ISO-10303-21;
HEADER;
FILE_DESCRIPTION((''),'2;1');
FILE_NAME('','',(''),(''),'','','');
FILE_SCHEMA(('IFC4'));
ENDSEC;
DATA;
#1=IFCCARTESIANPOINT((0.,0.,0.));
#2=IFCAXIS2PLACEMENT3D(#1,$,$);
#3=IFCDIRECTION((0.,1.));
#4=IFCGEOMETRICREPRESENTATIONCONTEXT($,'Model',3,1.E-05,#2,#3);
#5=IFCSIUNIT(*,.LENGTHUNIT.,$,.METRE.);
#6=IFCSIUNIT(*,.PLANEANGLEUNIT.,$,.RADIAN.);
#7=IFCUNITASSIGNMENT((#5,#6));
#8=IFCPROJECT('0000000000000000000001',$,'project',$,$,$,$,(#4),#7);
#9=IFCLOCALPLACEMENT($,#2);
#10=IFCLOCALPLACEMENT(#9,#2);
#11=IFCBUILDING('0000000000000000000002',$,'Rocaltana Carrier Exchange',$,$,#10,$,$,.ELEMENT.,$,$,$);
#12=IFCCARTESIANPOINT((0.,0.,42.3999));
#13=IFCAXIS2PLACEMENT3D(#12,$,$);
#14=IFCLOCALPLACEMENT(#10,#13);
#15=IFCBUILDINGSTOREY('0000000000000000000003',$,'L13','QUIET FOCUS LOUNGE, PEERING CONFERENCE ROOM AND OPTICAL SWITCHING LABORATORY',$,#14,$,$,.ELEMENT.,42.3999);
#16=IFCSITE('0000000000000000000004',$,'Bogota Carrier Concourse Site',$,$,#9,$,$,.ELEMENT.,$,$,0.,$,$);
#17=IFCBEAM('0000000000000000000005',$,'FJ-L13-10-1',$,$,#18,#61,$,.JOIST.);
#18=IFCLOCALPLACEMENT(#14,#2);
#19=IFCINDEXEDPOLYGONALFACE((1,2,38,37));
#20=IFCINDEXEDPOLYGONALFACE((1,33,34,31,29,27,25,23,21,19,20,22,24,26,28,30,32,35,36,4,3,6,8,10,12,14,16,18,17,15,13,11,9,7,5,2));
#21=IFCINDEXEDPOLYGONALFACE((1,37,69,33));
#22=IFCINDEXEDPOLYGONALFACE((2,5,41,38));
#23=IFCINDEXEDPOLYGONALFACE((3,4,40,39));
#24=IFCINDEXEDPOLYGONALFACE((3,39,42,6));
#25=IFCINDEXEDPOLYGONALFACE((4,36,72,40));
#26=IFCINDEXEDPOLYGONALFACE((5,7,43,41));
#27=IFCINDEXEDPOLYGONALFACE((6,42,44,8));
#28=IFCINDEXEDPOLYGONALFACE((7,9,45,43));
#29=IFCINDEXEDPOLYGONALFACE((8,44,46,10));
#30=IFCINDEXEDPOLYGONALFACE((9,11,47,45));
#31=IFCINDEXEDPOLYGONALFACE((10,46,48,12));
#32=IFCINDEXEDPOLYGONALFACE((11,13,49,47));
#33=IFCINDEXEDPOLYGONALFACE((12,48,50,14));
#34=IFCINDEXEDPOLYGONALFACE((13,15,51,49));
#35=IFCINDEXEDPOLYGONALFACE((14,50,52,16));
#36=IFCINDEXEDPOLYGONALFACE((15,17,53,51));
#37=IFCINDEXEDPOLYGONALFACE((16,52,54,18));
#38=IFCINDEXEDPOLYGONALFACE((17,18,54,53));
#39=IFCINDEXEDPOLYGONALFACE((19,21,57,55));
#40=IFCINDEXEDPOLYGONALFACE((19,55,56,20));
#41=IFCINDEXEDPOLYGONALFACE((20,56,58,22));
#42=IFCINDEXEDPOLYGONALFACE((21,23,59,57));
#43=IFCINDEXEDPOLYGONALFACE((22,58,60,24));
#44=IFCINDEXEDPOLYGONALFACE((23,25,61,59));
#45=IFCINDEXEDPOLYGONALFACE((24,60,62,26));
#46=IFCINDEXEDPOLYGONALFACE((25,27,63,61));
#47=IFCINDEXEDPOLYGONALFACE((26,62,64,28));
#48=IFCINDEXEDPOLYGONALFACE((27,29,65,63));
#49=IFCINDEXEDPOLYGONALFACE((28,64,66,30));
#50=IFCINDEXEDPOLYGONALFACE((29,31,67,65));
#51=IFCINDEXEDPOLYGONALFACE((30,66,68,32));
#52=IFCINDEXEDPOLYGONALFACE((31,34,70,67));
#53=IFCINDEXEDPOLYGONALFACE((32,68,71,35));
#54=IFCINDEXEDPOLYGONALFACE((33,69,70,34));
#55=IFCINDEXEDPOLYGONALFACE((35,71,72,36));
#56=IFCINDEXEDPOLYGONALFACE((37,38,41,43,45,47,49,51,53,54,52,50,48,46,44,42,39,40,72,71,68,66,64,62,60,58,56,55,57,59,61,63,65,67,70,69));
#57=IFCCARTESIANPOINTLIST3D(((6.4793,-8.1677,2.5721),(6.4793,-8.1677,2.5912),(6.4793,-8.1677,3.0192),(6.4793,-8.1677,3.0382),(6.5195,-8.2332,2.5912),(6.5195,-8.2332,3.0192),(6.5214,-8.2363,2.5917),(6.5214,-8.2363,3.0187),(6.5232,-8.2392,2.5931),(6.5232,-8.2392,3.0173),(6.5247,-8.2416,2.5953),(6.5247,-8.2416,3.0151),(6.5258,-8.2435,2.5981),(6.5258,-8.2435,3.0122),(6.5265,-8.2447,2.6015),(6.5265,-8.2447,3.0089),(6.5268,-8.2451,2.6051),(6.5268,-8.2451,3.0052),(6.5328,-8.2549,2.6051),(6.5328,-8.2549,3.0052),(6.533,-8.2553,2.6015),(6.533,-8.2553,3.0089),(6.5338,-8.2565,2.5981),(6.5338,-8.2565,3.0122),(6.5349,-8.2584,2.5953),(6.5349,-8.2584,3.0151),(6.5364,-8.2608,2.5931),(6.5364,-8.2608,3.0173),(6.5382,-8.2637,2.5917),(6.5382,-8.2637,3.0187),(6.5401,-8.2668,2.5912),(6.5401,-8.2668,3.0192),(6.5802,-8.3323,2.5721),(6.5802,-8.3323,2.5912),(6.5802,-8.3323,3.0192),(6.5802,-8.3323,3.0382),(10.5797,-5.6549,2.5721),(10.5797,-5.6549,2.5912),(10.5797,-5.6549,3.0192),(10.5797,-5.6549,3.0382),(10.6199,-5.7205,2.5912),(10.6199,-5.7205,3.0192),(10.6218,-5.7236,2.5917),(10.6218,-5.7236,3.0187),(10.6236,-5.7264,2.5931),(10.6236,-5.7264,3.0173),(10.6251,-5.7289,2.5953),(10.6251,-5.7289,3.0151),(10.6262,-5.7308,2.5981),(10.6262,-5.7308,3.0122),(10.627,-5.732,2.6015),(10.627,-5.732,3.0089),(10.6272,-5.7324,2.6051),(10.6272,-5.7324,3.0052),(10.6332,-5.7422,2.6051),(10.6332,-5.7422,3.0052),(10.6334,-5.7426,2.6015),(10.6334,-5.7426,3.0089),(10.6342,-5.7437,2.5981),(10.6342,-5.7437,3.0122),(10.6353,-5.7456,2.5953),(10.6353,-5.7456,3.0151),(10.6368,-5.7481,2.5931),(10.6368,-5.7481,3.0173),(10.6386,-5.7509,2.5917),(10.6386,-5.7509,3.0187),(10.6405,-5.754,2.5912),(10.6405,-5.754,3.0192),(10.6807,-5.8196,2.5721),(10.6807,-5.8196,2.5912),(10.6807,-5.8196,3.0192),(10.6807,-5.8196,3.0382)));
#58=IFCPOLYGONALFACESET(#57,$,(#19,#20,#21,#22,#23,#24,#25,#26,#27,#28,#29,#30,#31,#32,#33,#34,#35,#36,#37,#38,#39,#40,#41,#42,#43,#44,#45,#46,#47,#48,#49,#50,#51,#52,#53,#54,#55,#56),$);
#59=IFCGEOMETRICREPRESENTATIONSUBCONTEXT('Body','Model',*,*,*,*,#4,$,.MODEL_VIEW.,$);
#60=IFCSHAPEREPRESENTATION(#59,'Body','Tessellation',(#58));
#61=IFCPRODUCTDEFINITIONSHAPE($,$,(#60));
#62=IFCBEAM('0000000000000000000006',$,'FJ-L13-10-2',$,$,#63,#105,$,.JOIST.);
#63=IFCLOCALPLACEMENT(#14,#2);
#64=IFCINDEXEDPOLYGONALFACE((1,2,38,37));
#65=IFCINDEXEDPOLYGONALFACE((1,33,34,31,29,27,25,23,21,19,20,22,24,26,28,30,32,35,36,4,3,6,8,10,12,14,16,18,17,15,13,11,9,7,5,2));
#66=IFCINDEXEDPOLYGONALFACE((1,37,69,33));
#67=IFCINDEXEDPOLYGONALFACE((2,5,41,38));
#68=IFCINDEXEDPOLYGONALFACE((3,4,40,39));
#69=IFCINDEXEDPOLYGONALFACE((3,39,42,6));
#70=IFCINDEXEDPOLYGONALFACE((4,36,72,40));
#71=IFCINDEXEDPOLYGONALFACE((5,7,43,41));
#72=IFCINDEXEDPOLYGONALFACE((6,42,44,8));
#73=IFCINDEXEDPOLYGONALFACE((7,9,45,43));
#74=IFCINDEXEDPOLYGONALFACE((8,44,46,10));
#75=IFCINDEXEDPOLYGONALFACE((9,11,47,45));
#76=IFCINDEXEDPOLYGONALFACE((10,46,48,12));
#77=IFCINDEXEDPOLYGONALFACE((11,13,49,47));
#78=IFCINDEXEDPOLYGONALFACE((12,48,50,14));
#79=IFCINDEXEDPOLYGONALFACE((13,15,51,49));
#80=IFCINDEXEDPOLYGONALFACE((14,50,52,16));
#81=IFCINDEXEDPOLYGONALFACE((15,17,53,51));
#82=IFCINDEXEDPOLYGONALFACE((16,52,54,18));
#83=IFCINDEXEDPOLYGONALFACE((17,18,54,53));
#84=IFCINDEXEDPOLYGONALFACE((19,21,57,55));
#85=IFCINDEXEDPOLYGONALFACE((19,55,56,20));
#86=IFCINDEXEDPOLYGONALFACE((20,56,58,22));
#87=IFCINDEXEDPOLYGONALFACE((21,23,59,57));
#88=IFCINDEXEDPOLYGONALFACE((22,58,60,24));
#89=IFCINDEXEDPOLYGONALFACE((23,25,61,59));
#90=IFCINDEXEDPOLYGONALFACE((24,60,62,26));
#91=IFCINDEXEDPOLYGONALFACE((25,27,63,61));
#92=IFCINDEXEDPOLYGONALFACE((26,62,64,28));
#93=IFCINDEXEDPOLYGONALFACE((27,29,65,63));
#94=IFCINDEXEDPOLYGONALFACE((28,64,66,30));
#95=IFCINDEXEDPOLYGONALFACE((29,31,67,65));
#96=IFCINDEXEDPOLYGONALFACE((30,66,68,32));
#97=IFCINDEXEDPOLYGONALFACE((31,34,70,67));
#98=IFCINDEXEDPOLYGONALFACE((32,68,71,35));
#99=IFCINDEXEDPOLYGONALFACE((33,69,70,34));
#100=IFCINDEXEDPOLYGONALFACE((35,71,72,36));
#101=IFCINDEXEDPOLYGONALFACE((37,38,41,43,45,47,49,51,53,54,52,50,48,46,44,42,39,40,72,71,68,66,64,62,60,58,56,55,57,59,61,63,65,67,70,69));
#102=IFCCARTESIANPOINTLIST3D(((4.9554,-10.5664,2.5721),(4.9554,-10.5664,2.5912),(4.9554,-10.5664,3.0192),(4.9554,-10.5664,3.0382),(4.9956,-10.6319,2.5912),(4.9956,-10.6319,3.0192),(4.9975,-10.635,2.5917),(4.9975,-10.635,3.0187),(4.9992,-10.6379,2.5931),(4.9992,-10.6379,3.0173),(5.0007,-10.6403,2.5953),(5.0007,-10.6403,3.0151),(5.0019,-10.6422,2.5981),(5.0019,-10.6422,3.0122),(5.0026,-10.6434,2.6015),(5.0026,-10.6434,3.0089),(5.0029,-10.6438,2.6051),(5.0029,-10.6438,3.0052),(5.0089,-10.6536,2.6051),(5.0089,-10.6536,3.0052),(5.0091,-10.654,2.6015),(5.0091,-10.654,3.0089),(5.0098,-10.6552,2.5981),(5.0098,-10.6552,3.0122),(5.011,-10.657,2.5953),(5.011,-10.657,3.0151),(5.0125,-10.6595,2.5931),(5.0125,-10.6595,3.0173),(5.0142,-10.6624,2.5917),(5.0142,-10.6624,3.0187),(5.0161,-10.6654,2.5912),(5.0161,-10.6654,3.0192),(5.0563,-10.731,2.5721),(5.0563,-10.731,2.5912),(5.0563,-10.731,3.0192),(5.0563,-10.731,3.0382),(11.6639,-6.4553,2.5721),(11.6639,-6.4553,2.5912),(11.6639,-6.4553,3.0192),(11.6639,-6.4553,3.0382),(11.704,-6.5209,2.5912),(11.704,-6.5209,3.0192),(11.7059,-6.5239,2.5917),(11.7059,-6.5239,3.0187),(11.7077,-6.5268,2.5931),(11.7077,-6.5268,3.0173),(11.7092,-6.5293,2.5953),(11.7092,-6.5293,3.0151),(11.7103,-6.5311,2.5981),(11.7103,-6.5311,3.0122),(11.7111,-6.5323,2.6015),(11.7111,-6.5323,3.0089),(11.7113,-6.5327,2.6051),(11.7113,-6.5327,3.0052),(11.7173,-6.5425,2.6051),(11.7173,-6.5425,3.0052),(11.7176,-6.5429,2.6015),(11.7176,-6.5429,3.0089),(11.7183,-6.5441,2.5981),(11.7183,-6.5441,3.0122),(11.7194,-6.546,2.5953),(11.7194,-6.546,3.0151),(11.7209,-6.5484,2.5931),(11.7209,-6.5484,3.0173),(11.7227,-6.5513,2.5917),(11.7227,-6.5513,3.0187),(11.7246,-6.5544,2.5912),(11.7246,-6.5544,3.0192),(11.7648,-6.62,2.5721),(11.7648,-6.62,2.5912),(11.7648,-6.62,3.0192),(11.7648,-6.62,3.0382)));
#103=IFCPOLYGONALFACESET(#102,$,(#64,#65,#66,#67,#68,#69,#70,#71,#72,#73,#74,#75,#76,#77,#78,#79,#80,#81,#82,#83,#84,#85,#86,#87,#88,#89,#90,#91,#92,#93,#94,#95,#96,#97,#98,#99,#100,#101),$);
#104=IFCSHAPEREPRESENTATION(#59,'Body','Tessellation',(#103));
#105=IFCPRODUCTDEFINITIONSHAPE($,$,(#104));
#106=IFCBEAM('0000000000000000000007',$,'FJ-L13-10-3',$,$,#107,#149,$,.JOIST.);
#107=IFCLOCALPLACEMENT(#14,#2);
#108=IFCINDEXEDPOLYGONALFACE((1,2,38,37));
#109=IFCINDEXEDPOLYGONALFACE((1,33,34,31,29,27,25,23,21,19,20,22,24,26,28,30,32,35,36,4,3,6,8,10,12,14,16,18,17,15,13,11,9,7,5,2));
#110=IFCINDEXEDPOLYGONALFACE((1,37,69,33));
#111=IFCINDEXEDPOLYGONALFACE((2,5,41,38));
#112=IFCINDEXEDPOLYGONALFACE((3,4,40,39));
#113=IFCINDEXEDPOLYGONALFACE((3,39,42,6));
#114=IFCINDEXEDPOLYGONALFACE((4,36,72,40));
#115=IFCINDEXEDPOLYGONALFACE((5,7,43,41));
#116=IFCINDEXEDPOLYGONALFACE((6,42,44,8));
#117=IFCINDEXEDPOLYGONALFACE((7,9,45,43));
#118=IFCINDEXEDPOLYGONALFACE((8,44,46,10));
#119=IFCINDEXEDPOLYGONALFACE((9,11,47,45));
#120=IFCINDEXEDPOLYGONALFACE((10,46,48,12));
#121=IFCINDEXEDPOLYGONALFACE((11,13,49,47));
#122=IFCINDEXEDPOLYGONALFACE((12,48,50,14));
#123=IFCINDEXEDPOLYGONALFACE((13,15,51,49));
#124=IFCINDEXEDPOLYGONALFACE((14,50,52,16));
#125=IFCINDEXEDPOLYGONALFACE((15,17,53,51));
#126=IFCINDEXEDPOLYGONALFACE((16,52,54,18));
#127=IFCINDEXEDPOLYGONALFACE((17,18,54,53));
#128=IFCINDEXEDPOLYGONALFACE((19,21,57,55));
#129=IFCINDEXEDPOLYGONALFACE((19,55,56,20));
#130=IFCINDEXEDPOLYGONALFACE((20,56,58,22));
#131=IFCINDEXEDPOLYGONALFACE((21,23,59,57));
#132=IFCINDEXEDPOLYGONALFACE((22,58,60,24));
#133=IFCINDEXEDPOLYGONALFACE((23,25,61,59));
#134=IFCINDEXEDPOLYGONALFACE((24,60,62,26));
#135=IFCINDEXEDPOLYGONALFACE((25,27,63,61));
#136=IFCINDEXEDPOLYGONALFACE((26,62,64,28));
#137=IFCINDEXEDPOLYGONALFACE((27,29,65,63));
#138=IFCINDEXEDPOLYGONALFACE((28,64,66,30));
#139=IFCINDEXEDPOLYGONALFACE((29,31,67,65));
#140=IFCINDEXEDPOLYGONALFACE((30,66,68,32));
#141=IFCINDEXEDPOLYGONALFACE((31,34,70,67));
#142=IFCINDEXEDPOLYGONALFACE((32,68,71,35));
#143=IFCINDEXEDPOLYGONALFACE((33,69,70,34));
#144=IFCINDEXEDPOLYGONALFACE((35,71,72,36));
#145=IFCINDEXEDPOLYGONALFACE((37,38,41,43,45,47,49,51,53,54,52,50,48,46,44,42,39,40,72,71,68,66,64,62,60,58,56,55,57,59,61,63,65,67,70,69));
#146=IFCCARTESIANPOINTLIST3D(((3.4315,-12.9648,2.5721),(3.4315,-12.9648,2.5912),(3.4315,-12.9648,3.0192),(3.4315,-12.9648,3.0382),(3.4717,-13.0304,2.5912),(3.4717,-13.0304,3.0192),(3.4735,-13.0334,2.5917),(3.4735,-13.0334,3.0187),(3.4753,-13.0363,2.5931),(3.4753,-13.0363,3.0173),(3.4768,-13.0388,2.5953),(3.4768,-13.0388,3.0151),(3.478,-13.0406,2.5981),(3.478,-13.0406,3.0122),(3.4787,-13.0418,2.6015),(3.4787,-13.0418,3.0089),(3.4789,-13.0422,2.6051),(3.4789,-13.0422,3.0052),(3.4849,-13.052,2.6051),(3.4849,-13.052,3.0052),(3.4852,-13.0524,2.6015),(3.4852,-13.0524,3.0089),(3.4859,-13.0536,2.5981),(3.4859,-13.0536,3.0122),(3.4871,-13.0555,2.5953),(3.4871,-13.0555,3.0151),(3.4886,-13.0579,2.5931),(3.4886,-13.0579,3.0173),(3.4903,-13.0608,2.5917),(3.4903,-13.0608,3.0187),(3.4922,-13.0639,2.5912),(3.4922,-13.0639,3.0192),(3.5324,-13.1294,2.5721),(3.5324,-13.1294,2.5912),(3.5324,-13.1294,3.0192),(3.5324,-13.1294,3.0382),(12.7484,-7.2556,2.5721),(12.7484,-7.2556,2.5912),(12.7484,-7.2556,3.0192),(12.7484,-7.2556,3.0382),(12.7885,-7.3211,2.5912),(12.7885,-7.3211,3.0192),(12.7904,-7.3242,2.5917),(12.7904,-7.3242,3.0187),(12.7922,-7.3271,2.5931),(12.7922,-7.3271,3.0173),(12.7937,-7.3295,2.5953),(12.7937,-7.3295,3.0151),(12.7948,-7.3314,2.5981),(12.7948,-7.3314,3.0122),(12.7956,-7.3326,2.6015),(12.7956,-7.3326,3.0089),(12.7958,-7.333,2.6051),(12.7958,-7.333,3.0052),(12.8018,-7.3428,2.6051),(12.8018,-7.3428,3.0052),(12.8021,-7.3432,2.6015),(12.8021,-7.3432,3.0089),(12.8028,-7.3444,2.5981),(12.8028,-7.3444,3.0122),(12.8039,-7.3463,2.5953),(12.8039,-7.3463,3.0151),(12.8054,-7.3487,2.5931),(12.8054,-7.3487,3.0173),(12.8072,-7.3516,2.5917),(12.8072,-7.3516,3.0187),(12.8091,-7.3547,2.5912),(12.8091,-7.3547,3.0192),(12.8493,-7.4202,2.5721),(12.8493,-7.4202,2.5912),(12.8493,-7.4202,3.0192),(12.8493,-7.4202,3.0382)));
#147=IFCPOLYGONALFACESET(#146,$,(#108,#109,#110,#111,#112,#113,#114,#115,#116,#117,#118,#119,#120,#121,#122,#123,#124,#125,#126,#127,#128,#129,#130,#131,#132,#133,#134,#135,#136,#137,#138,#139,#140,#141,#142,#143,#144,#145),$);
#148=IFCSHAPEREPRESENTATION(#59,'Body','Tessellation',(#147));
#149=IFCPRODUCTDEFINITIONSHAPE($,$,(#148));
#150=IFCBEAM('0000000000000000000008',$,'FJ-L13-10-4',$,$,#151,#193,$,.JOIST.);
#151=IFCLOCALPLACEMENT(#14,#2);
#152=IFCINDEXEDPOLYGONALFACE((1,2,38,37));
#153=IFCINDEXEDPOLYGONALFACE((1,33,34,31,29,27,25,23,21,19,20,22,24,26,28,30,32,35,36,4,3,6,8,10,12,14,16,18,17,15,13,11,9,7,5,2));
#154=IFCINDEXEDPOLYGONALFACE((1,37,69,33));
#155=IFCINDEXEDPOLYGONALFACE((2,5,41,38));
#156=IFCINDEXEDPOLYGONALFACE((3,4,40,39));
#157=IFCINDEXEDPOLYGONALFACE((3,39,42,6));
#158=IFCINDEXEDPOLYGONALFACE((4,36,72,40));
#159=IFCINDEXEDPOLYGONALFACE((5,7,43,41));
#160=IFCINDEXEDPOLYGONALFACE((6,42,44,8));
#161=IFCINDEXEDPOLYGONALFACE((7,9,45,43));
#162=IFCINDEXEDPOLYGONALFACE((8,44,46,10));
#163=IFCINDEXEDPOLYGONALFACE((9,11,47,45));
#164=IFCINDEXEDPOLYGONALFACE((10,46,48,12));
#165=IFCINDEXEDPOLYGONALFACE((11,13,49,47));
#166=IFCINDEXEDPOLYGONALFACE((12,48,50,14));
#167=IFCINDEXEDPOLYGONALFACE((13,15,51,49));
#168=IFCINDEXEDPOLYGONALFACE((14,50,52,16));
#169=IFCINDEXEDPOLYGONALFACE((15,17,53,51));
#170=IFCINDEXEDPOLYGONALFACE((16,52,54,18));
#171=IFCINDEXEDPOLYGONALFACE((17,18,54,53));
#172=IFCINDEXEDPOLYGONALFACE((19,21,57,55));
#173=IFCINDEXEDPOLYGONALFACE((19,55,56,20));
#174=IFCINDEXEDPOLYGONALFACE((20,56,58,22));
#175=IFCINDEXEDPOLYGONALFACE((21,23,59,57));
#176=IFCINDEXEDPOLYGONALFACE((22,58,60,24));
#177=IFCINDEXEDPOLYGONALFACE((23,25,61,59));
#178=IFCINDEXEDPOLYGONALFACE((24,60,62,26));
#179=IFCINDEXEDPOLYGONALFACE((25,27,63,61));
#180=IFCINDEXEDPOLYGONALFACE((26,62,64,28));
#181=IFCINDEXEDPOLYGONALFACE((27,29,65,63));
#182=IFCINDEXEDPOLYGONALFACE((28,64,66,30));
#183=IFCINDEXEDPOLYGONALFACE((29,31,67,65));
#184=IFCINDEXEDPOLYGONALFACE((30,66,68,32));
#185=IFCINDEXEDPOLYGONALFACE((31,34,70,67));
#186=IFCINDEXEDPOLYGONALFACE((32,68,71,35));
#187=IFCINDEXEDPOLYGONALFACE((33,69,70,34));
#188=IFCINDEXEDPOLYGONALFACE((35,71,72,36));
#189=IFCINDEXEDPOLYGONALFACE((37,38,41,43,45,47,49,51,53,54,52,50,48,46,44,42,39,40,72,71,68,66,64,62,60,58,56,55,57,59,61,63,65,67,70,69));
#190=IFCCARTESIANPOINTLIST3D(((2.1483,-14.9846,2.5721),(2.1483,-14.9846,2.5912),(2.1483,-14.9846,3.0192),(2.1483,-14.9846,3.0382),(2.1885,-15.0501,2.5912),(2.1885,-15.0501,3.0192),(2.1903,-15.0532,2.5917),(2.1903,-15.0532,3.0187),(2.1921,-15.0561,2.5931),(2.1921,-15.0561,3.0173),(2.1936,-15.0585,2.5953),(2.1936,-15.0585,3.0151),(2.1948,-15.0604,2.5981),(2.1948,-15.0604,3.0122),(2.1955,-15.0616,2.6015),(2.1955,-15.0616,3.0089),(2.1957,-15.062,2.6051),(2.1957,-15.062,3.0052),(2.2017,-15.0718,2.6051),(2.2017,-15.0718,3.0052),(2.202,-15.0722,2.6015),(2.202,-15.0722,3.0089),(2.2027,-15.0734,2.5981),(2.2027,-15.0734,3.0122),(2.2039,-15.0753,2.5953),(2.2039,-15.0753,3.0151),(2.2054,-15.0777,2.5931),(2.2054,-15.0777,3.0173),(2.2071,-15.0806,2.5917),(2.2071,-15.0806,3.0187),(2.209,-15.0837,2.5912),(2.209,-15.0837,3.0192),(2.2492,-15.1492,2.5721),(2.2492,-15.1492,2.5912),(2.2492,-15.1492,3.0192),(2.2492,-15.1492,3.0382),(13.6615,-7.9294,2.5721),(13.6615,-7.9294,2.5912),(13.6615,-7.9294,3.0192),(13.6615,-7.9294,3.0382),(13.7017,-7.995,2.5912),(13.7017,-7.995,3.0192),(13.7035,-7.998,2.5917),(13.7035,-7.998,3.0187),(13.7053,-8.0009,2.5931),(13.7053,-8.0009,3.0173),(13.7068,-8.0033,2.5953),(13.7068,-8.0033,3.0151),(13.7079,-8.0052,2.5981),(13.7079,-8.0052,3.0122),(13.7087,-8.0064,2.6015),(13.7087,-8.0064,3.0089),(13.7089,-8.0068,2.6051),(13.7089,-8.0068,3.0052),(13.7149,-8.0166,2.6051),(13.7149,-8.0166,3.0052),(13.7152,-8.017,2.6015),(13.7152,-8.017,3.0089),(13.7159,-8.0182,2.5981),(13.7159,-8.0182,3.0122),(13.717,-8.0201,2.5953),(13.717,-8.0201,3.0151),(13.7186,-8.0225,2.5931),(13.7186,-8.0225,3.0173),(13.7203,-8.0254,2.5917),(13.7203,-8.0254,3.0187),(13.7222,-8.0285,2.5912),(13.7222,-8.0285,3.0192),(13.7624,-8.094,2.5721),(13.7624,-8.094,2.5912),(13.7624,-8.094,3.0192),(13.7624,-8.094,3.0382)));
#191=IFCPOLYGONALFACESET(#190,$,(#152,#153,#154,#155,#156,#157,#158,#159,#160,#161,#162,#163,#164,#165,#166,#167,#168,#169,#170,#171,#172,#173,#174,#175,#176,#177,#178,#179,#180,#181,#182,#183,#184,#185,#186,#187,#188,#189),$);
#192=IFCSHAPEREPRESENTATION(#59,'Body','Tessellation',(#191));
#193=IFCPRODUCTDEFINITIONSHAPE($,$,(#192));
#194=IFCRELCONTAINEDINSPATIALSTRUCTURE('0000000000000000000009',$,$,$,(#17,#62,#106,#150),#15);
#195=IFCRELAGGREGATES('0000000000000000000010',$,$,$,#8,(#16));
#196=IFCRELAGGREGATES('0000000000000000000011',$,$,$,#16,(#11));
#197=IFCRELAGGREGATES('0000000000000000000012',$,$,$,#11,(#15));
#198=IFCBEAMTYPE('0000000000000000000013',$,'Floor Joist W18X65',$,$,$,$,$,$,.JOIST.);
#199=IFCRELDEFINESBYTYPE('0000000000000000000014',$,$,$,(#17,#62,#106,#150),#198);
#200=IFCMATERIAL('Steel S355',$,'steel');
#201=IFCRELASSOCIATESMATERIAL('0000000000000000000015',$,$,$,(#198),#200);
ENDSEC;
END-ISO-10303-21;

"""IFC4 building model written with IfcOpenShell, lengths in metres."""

from ifc_helpers import new_model, si_unit, direction, frame, origin, origin_2d, place, context, subcontext, project, spatial, i_section, extrude, material, material_profile, profile_set, type_object, element, save


model = new_model("IFC4")

# Units and contexts
model_context = context("Model", 3, precision=1e-05, world=origin(), true_north=direction((0.0, 1.0)))
body_context = subcontext(model_context, "Body", "Model", "MODEL_VIEW")
ifc_project = project(units=[si_unit("LENGTHUNIT", "METRE"), si_unit("PLANEANGLEUNIT", "RADIAN")], contexts=[model_context])

# Site, building, storey
site_placement = place(None, origin())
site = spatial("IfcSite", under=ifc_project, at=site_placement, Name="Bogota Carrier Concourse Site", CompositionType="ELEMENT", RefElevation=0.0)
building_placement = place(site_placement, origin())
building = spatial("IfcBuilding", under=site, at=building_placement, Name="Rocaltana Carrier Exchange", CompositionType="ELEMENT")
storey_placement = place(building_placement, frame((0.0, 0.0, 42.3999)))
storey = spatial("IfcBuildingStorey", under=building, at=storey_placement, Name="L13", Description="QUIET FOCUS LOUNGE, PEERING CONFERENCE ROOM AND OPTICAL SWITCHING LABORATORY", CompositionType="ELEMENT", Elevation=42.3999)

# Beams
ifc_material_1 = material(Name="Steel S355", Category="steel")
ifc_material_profile_1 = material_profile(ifc_material_1, i_section(OverallWidth=0.1931, OverallDepth=0.4661, WebThickness=0.0115, FlangeThickness=0.019, FilletRadius=0.0139, at=origin_2d()), Name="W18X65")
ifc_profile_set_1 = profile_set([ifc_material_profile_1], Name="Steel S355")
beam_type_1 = type_object("IfcBeamType", Name="Floor Joist W18X65", PredefinedType="JOIST", material=ifc_profile_set_1)
beam_1_placement = place(storey_placement, frame((6.5298, -8.25, 2.8052), z_axis=(0.85264, 0.522499, 0.0), x_axis=(-0.522499, 0.85264, 0.0)))
element("IfcBeam", 1, at=beam_1_placement, inside=storey, type_object=beam_type_1, Name="FJ-L13-10-1", PredefinedType="JOIST", context=body_context, shape_type="SweptSolid", body=[
    extrude(i_section(OverallWidth=0.1931, OverallDepth=0.4661, WebThickness=0.0115, FlangeThickness=0.019, FilletRadius=0.0139, at=origin_2d()), origin(), (0.0, 0.0, 1.0), 4.8091),
])
beam_2_placement = place(storey_placement, frame((5.0059, -10.6487, 2.8052), z_axis=(0.852634, 0.522509, 0.0), x_axis=(-0.522509, 0.852634, 0.0)))
element("IfcBeam", 2, at=beam_2_placement, inside=storey, type_object=beam_type_1, Name="FJ-L13-10-2", PredefinedType="JOIST", context=body_context, shape_type="SweptSolid", body=[
    extrude(i_section(OverallWidth=0.1931, OverallDepth=0.4661, WebThickness=0.0115, FlangeThickness=0.019, FilletRadius=0.0139, at=origin_2d()), origin(), (0.0, 0.0, 1.0), 7.8679),
])
beam_3_placement = place(storey_placement, frame((3.4819, -13.0471, 2.8052), z_axis=(0.852647, 0.522487, 0.0), x_axis=(-0.522487, 0.852647, 0.0)))
element("IfcBeam", 3, at=beam_3_placement, inside=storey, type_object=beam_type_1, Name="FJ-L13-10-3", PredefinedType="JOIST", context=body_context, shape_type="SweptSolid", body=[
    extrude(i_section(OverallWidth=0.1931, OverallDepth=0.4661, WebThickness=0.0115, FlangeThickness=0.019, FilletRadius=0.0139, at=origin_2d()), origin(), (0.0, 0.0, 1.0), 10.927),
])
beam_4_placement = place(storey_placement, frame((2.1987, -15.0669, 2.8052), z_axis=(0.852644, 0.522493, 0.0), x_axis=(-0.522493, 0.852644, 0.0)))
element("IfcBeam", 4, at=beam_4_placement, inside=storey, type_object=beam_type_1, Name="FJ-L13-10-4", PredefinedType="JOIST", context=body_context, shape_type="SweptSolid", body=[
    extrude(i_section(OverallWidth=0.1931, OverallDepth=0.4661, WebThickness=0.0115, FlangeThickness=0.019, FilletRadius=0.0139, at=origin_2d()), origin(), (0.0, 0.0, 1.0), 13.5029),
])

save(model, "model.ifc")
